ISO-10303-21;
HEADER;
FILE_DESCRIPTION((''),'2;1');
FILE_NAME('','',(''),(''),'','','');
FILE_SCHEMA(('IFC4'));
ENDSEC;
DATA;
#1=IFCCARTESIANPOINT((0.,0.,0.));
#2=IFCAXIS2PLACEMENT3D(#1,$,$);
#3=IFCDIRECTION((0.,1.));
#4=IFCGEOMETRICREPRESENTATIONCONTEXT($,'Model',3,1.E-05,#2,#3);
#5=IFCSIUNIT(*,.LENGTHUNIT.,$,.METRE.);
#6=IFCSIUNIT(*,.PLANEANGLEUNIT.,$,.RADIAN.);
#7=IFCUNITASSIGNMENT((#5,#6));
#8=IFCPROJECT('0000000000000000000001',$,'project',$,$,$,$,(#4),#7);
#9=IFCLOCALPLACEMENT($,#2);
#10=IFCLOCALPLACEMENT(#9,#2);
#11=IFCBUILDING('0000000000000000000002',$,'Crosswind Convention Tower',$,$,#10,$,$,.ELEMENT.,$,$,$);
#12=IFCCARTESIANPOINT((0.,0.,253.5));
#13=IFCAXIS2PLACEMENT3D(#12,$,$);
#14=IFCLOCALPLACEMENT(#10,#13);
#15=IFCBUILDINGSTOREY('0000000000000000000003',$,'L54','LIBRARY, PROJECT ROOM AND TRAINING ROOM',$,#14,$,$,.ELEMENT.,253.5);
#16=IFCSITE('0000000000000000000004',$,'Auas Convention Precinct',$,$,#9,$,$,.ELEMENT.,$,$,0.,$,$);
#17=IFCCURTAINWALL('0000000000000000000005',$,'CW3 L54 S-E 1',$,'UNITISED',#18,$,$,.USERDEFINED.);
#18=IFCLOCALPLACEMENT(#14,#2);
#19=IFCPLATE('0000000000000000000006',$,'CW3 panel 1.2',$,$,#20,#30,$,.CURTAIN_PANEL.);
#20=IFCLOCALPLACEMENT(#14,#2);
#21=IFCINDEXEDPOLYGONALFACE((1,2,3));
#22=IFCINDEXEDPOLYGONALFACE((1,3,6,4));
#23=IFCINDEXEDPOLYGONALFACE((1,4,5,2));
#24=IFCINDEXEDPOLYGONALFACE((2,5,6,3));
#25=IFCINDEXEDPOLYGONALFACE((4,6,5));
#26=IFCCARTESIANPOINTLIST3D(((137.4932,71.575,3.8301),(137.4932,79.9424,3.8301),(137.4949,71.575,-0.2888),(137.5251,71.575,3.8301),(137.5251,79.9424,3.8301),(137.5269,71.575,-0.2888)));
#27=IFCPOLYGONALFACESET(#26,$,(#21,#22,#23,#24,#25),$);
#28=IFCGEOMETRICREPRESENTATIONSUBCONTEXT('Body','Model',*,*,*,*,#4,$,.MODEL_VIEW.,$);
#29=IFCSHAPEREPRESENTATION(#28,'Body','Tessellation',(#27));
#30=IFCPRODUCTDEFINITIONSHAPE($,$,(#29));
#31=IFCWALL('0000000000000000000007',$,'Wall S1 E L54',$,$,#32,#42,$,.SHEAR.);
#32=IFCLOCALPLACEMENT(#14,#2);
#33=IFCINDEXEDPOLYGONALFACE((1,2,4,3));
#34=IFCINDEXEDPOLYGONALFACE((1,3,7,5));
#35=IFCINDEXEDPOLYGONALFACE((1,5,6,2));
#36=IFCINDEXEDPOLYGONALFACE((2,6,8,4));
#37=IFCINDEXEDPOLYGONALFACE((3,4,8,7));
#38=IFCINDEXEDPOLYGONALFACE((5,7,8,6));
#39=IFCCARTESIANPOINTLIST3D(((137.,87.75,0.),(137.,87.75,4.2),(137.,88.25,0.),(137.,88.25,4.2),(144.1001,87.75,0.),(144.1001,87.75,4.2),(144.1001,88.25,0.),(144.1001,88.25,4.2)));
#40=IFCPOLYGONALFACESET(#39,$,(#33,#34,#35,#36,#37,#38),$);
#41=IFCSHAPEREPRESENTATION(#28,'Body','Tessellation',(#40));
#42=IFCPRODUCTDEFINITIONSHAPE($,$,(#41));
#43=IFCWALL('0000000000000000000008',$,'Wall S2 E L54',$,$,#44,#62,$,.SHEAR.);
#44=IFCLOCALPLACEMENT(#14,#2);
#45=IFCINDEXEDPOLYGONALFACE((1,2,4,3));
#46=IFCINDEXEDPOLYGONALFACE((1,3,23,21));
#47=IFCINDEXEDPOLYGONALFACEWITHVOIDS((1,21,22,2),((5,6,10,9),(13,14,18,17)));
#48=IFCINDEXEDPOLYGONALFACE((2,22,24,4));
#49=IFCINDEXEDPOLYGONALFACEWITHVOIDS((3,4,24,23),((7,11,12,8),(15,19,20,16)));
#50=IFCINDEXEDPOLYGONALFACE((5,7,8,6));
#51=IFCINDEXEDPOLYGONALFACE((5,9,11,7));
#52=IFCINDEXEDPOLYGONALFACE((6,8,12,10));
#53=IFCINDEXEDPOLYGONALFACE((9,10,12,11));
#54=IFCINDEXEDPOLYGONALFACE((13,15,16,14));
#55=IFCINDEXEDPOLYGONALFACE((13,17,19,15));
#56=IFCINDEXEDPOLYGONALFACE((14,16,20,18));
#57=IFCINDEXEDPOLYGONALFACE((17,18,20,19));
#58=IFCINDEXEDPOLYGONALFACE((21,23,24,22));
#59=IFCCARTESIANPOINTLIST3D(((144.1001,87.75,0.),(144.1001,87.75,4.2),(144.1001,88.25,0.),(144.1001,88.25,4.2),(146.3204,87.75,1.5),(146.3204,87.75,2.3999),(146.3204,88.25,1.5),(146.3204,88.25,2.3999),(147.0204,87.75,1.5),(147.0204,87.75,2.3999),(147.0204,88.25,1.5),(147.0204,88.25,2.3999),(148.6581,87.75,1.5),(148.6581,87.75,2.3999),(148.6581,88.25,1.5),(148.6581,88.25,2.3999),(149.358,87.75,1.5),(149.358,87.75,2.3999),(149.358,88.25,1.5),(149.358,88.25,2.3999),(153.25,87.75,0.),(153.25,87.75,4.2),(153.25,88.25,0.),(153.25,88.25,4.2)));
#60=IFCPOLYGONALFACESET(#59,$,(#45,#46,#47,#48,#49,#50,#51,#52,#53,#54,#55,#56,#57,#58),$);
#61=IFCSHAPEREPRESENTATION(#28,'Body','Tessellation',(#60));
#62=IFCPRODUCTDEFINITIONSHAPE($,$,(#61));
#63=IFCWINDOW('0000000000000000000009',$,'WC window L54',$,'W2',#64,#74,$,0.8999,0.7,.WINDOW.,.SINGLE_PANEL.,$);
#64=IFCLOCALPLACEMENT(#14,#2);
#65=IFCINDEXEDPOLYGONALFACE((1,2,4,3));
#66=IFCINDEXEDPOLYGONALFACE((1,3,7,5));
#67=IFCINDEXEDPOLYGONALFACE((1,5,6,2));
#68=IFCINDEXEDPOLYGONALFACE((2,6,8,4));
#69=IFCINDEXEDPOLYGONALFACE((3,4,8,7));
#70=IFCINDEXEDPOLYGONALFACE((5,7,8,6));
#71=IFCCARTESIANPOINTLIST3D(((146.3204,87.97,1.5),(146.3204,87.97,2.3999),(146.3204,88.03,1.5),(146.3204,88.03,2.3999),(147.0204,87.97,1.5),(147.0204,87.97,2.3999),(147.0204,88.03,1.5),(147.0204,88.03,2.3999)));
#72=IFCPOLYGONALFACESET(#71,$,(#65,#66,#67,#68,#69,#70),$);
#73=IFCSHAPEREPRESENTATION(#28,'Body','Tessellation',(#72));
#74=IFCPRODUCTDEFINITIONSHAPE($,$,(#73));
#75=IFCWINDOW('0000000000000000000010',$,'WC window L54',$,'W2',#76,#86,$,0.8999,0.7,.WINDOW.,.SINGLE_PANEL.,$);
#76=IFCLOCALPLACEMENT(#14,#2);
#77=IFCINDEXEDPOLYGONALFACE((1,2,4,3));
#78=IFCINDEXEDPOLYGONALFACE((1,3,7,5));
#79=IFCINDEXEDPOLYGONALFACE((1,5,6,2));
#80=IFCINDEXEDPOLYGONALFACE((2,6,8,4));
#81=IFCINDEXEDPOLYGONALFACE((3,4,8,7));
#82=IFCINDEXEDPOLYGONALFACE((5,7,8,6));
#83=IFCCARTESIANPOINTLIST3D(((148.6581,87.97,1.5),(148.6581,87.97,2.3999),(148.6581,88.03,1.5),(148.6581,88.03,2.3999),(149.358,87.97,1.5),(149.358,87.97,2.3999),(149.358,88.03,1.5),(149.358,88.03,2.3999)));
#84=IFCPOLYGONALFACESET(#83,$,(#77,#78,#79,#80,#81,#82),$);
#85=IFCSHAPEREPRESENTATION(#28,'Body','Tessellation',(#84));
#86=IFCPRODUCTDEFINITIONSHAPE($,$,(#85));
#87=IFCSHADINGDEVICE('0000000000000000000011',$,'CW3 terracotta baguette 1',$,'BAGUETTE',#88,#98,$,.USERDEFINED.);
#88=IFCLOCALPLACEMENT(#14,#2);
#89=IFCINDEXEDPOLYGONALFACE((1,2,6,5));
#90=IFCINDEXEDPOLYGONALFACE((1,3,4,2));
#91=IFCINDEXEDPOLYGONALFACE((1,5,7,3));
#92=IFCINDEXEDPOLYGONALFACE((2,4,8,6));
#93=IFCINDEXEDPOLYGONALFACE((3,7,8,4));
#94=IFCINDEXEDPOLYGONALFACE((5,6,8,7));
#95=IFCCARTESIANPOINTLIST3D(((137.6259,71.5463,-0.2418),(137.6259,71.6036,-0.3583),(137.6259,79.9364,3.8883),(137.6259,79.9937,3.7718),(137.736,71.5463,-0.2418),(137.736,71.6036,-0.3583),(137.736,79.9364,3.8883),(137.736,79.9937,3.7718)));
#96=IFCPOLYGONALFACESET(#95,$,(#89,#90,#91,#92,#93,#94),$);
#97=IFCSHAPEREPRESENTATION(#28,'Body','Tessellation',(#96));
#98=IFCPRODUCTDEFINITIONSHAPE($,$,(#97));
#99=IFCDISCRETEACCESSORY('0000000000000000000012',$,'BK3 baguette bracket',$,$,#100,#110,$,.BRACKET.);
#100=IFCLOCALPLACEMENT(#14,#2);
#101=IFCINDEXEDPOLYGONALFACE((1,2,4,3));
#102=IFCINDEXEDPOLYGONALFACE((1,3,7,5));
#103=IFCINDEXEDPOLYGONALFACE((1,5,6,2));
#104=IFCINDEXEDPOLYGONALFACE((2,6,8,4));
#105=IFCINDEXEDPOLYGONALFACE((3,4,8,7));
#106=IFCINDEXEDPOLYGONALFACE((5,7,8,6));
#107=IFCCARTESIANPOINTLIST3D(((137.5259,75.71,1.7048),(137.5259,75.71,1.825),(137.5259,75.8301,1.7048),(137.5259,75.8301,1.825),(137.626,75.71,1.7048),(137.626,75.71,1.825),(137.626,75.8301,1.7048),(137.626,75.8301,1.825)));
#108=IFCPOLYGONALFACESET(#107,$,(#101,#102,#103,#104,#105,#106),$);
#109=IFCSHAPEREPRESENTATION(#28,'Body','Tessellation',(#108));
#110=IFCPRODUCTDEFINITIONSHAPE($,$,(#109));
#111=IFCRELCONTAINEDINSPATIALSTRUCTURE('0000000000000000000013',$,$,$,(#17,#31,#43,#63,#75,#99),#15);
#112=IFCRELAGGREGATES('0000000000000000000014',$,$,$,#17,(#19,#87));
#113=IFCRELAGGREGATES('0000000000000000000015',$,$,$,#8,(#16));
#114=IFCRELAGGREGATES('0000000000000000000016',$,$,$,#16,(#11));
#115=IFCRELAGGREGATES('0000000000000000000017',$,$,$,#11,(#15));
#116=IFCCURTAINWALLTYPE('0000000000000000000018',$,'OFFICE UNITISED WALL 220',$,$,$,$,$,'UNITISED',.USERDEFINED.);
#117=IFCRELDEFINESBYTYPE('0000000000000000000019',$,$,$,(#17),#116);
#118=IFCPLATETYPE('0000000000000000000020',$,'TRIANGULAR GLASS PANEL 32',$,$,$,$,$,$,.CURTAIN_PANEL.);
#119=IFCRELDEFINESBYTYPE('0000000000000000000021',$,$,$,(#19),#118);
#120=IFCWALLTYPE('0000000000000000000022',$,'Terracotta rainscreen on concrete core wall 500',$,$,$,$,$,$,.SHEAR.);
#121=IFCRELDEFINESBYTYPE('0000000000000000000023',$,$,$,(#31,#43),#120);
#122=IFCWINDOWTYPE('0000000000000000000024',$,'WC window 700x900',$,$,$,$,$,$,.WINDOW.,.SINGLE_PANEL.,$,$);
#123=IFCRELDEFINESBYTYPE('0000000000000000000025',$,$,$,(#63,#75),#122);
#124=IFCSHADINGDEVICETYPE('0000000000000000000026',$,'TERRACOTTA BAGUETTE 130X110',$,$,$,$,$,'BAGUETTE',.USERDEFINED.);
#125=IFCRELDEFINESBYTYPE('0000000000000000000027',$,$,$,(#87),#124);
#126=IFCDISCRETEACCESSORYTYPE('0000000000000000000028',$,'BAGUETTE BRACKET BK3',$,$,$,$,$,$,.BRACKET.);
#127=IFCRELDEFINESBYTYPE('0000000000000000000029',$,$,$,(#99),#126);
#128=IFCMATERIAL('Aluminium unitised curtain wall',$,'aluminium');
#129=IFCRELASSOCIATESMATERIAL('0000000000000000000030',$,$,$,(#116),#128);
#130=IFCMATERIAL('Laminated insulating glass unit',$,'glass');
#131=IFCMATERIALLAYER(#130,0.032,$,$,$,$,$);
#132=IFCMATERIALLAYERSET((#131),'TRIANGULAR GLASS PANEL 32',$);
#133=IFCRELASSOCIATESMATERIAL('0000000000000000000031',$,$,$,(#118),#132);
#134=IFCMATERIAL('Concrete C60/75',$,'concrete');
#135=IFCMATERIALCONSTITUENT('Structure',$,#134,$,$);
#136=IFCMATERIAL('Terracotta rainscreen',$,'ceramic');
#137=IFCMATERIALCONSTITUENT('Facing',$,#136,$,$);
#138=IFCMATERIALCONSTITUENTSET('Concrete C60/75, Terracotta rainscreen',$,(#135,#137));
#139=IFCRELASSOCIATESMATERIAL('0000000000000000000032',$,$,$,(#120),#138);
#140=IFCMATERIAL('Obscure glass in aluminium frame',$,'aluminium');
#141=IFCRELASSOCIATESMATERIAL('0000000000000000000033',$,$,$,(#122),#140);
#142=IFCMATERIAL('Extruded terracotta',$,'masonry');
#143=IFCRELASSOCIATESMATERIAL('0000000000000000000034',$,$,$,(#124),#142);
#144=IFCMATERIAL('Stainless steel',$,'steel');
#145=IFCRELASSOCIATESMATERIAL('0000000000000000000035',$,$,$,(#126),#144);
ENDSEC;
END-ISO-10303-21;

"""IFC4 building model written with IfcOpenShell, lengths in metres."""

from ifc_helpers import new_model, si_unit, direction, frame, frame_2d, origin, origin_2d, place, context, subcontext, project, spatial, polyline, rectangle, outline, extrude, material, layer, layer_set, constituent, constituent_set, material_profile, profile_set, type_object, element, fill, aggregate, save


model = new_model("IFC4")

# Units and contexts
model_context = context("Model", 3, precision=1e-05, world=origin(), true_north=direction((0.0, 1.0)))
body_context = subcontext(model_context, "Body", "Model", "MODEL_VIEW")
ifc_project = project(units=[si_unit("LENGTHUNIT", "METRE"), si_unit("PLANEANGLEUNIT", "RADIAN")], contexts=[model_context])

# Site, building, storey
site_placement = place(None, origin())
site = spatial("IfcSite", under=ifc_project, at=site_placement, Name="Auas Convention Precinct", CompositionType="ELEMENT", RefElevation=0.0)
building_placement = place(site_placement, origin())
building = spatial("IfcBuilding", under=site, at=building_placement, Name="Crosswind Convention Tower", CompositionType="ELEMENT")
storey_placement = place(building_placement, frame((0.0, 0.0, 253.5)))
storey = spatial("IfcBuildingStorey", under=building, at=storey_placement, Name="L54", Description="LIBRARY, PROJECT ROOM AND TRAINING ROOM", CompositionType="ELEMENT", Elevation=253.5)

# Shared definitions
ifc_material_1 = material(Name="Concrete C60/75", Category="concrete")

# Shared definitions
ifc_material_2 = material(Name="Aluminium unitised curtain wall", Category="aluminium")

# Curtain wall
curtain_wall_type_1 = type_object("IfcCurtainWallType", Name="OFFICE UNITISED WALL 220", ElementType="UNITISED", PredefinedType="USERDEFINED", material=ifc_material_2)
curtain_wall_1_placement = place(storey_placement, origin())
curtain_wall_1 = element("IfcCurtainWall", 1, at=curtain_wall_1_placement, inside=storey, type_object=curtain_wall_type_1, Name="CW3 L54 S-E 1", ObjectType="UNITISED", PredefinedType="USERDEFINED")

# Plate
ifc_material_3 = material(Name="Laminated insulating glass unit", Category="glass")
ifc_layer_1 = layer(ifc_material_3, 0.032)
ifc_layer_set_1 = layer_set([ifc_layer_1], Name="TRIANGULAR GLASS PANEL 32")
plate_type_1 = type_object("IfcPlateType", Name="TRIANGULAR GLASS PANEL 32", PredefinedType="CURTAIN_PANEL", material=ifc_layer_set_1)
plate_1_placement = place(storey_placement, frame((137.5251, 71.575, 3.8301), z_axis=(1.0, 0.0, 0.000415), x_axis=(0.000415, 0.0, -1.0)))
plate_1 = element("IfcPlate", 2, at=plate_1_placement, type_object=plate_type_1, Name="CW3 panel 1.2", PredefinedType="CURTAIN_PANEL", context=body_context, shape_type="SweptSolid", body=[
    extrude(outline(polyline([(0.0, 0.0), (4.1189, 0.0), (0.0, 8.3674), (0.0, 0.0)])), origin(), (0.0, 0.0, -1.0), 0.032),
])

# Wall
ifc_constituent_1 = constituent(ifc_material_1, Name="Structure")
ifc_material_4 = material(Name="Terracotta rainscreen", Category="ceramic")
ifc_constituent_2 = constituent(ifc_material_4, Name="Facing")
ifc_constituent_set = constituent_set(constituents=[ifc_constituent_1, ifc_constituent_2], Name="Concrete C60/75, Terracotta rainscreen")
wall_type = type_object("IfcWallType", Name="Terracotta rainscreen on concrete core wall 500", PredefinedType="SHEAR", material=ifc_constituent_set)
wall_1_placement = place(storey_placement, frame((137.0, 88.0, 0.0), z_axis=(0.0, 0.0, 1.0), x_axis=(1.0, 0.0, 0.0)))
element("IfcWall", 3, at=wall_1_placement, inside=storey, type_object=wall_type, Name="Wall S1 E L54", PredefinedType="SHEAR", context=body_context, shape_type="SweptSolid", body=[
    extrude(rectangle(XDim=7.1001, YDim=0.5, at=frame_2d((3.55, 0.0))), origin(), (0.0, 0.0, 1.0), 4.2),
])

# Wall, openings, windows
wall_2_placement = place(storey_placement, frame((144.1001, 88.0, 0.0), z_axis=(0.0, 0.0, 1.0), x_axis=(1.0, 0.0, 0.0)))
wall_2 = element("IfcWall", 4, at=wall_2_placement, inside=storey, type_object=wall_type, Name="Wall S2 E L54", PredefinedType="SHEAR", context=body_context, shape_type="SweptSolid", body=[
    extrude(rectangle(XDim=9.1499, YDim=0.5, at=frame_2d((4.575, 0.0))), origin(), (0.0, 0.0, 1.0), 4.2),
])
opening_1_placement = place(wall_2_placement, frame((2.2202, 0.0, 1.5)))
opening_1 = element("IfcOpeningElement", 5, at=opening_1_placement, cuts=wall_2, PredefinedType="OPENING", context=body_context, shape_type="SweptSolid", body=[
    extrude(rectangle(XDim=0.7, YDim=0.8999, at=frame_2d((0.3501, 0.45))), frame((0.0, 0.26, 0.0), z_axis=(0.0, -1.0, 0.0), x_axis=(1.0, 0.0, 0.0)), (0.0, 0.0, 1.0), 0.52),
])
opening_2_placement = place(wall_2_placement, frame((4.5579, 0.0, 1.5)))
opening_2 = element("IfcOpeningElement", 6, at=opening_2_placement, cuts=wall_2, PredefinedType="OPENING", context=body_context, shape_type="SweptSolid", body=[
    extrude(rectangle(XDim=0.7, YDim=0.8999, at=frame_2d((0.3501, 0.45))), frame((0.0, 0.26, 0.0), z_axis=(0.0, -1.0, 0.0), x_axis=(1.0, 0.0, 0.0)), (0.0, 0.0, 1.0), 0.52),
])
ifc_material_5 = material(Name="Obscure glass in aluminium frame", Category="aluminium")
window_type = type_object("IfcWindowType", Name="WC window 700x900", PartitioningType="SINGLE_PANEL", PredefinedType="WINDOW", material=ifc_material_5)
window_1_placement = place(opening_1_placement, origin())
window_1 = element("IfcWindow", 7, at=window_1_placement, inside=storey, type_object=window_type, Name="WC window L54", ObjectType="W2", OverallHeight=0.8999, OverallWidth=0.7, PartitioningType="SINGLE_PANEL", PredefinedType="WINDOW", context=body_context, shape_type="SweptSolid", body=[
    extrude(rectangle(XDim=0.7, YDim=0.8999, at=frame_2d((0.3501, 0.45))), frame((0.0, 0.03, 0.0), z_axis=(0.0, -1.0, 0.0), x_axis=(1.0, 0.0, 0.0)), (0.0, 0.0, 1.0), 0.0601),
])
fill(opening_1, window_1)
window_2_placement = place(opening_2_placement, origin())
window_2 = element("IfcWindow", 8, at=window_2_placement, inside=storey, type_object=window_type, Name="WC window L54", ObjectType="W2", OverallHeight=0.8999, OverallWidth=0.7, PartitioningType="SINGLE_PANEL", PredefinedType="WINDOW", context=body_context, shape_type="SweptSolid", body=[
    extrude(rectangle(XDim=0.7, YDim=0.8999, at=frame_2d((0.3501, 0.45))), frame((0.0, 0.03, 0.0), z_axis=(0.0, -1.0, 0.0), x_axis=(1.0, 0.0, 0.0)), (0.0, 0.0, 1.0), 0.0601),
])
fill(opening_2, window_2)

# Shading device
ifc_material_6 = material(Name="Extruded terracotta", Category="masonry")
ifc_material_profile_1 = material_profile(ifc_material_6, rectangle(XDim=0.1101, YDim=0.1299, at=origin_2d()), Name="TC 110X130")
ifc_profile_set_1 = profile_set([ifc_material_profile_1], Name="Extruded terracotta")
shading_device_type = type_object("IfcShadingDeviceType", Name="TERRACOTTA BAGUETTE 130X110", ElementType="BAGUETTE", PredefinedType="USERDEFINED", material=ifc_profile_set_1)
shading_device_placement = place(storey_placement, frame((137.6809, 71.575, -0.3), z_axis=(0.0, 0.897188, 0.441649), x_axis=(-1.0, 0.0, 0.0)))
shading_device = element("IfcShadingDevice", 9, at=shading_device_placement, type_object=shading_device_type, Name="CW3 terracotta baguette 1", ObjectType="BAGUETTE", PredefinedType="USERDEFINED", context=body_context, shape_type="SweptSolid", body=[
    extrude(rectangle(XDim=0.1101, YDim=0.1299, at=origin_2d()), origin(), (0.0, 0.0, 1.0), 9.3516),
])
aggregate(curtain_wall_1, [plate_1, shading_device])

# Discrete accessory
ifc_material_7 = material(Name="Stainless steel", Category="steel")
discrete_accessory_type = type_object("IfcDiscreteAccessoryType", Name="BAGUETTE BRACKET BK3", PredefinedType="BRACKET", material=ifc_material_7)
discrete_accessory_placement = place(storey_placement, frame((137.5759, 75.77, 1.7048), z_axis=(0.0, 0.0, 1.0), x_axis=(0.0, 1.0, 0.0)))
element("IfcDiscreteAccessory", 10, at=discrete_accessory_placement, inside=storey, type_object=discrete_accessory_type, Name="BK3 baguette bracket", PredefinedType="BRACKET", context=body_context, shape_type="SweptSolid", body=[
    extrude(rectangle(XDim=0.1201, YDim=0.1001, at=origin_2d()), origin(), (0.0, 0.0, 1.0), 0.1201),
])

save(model, "model.ifc")
